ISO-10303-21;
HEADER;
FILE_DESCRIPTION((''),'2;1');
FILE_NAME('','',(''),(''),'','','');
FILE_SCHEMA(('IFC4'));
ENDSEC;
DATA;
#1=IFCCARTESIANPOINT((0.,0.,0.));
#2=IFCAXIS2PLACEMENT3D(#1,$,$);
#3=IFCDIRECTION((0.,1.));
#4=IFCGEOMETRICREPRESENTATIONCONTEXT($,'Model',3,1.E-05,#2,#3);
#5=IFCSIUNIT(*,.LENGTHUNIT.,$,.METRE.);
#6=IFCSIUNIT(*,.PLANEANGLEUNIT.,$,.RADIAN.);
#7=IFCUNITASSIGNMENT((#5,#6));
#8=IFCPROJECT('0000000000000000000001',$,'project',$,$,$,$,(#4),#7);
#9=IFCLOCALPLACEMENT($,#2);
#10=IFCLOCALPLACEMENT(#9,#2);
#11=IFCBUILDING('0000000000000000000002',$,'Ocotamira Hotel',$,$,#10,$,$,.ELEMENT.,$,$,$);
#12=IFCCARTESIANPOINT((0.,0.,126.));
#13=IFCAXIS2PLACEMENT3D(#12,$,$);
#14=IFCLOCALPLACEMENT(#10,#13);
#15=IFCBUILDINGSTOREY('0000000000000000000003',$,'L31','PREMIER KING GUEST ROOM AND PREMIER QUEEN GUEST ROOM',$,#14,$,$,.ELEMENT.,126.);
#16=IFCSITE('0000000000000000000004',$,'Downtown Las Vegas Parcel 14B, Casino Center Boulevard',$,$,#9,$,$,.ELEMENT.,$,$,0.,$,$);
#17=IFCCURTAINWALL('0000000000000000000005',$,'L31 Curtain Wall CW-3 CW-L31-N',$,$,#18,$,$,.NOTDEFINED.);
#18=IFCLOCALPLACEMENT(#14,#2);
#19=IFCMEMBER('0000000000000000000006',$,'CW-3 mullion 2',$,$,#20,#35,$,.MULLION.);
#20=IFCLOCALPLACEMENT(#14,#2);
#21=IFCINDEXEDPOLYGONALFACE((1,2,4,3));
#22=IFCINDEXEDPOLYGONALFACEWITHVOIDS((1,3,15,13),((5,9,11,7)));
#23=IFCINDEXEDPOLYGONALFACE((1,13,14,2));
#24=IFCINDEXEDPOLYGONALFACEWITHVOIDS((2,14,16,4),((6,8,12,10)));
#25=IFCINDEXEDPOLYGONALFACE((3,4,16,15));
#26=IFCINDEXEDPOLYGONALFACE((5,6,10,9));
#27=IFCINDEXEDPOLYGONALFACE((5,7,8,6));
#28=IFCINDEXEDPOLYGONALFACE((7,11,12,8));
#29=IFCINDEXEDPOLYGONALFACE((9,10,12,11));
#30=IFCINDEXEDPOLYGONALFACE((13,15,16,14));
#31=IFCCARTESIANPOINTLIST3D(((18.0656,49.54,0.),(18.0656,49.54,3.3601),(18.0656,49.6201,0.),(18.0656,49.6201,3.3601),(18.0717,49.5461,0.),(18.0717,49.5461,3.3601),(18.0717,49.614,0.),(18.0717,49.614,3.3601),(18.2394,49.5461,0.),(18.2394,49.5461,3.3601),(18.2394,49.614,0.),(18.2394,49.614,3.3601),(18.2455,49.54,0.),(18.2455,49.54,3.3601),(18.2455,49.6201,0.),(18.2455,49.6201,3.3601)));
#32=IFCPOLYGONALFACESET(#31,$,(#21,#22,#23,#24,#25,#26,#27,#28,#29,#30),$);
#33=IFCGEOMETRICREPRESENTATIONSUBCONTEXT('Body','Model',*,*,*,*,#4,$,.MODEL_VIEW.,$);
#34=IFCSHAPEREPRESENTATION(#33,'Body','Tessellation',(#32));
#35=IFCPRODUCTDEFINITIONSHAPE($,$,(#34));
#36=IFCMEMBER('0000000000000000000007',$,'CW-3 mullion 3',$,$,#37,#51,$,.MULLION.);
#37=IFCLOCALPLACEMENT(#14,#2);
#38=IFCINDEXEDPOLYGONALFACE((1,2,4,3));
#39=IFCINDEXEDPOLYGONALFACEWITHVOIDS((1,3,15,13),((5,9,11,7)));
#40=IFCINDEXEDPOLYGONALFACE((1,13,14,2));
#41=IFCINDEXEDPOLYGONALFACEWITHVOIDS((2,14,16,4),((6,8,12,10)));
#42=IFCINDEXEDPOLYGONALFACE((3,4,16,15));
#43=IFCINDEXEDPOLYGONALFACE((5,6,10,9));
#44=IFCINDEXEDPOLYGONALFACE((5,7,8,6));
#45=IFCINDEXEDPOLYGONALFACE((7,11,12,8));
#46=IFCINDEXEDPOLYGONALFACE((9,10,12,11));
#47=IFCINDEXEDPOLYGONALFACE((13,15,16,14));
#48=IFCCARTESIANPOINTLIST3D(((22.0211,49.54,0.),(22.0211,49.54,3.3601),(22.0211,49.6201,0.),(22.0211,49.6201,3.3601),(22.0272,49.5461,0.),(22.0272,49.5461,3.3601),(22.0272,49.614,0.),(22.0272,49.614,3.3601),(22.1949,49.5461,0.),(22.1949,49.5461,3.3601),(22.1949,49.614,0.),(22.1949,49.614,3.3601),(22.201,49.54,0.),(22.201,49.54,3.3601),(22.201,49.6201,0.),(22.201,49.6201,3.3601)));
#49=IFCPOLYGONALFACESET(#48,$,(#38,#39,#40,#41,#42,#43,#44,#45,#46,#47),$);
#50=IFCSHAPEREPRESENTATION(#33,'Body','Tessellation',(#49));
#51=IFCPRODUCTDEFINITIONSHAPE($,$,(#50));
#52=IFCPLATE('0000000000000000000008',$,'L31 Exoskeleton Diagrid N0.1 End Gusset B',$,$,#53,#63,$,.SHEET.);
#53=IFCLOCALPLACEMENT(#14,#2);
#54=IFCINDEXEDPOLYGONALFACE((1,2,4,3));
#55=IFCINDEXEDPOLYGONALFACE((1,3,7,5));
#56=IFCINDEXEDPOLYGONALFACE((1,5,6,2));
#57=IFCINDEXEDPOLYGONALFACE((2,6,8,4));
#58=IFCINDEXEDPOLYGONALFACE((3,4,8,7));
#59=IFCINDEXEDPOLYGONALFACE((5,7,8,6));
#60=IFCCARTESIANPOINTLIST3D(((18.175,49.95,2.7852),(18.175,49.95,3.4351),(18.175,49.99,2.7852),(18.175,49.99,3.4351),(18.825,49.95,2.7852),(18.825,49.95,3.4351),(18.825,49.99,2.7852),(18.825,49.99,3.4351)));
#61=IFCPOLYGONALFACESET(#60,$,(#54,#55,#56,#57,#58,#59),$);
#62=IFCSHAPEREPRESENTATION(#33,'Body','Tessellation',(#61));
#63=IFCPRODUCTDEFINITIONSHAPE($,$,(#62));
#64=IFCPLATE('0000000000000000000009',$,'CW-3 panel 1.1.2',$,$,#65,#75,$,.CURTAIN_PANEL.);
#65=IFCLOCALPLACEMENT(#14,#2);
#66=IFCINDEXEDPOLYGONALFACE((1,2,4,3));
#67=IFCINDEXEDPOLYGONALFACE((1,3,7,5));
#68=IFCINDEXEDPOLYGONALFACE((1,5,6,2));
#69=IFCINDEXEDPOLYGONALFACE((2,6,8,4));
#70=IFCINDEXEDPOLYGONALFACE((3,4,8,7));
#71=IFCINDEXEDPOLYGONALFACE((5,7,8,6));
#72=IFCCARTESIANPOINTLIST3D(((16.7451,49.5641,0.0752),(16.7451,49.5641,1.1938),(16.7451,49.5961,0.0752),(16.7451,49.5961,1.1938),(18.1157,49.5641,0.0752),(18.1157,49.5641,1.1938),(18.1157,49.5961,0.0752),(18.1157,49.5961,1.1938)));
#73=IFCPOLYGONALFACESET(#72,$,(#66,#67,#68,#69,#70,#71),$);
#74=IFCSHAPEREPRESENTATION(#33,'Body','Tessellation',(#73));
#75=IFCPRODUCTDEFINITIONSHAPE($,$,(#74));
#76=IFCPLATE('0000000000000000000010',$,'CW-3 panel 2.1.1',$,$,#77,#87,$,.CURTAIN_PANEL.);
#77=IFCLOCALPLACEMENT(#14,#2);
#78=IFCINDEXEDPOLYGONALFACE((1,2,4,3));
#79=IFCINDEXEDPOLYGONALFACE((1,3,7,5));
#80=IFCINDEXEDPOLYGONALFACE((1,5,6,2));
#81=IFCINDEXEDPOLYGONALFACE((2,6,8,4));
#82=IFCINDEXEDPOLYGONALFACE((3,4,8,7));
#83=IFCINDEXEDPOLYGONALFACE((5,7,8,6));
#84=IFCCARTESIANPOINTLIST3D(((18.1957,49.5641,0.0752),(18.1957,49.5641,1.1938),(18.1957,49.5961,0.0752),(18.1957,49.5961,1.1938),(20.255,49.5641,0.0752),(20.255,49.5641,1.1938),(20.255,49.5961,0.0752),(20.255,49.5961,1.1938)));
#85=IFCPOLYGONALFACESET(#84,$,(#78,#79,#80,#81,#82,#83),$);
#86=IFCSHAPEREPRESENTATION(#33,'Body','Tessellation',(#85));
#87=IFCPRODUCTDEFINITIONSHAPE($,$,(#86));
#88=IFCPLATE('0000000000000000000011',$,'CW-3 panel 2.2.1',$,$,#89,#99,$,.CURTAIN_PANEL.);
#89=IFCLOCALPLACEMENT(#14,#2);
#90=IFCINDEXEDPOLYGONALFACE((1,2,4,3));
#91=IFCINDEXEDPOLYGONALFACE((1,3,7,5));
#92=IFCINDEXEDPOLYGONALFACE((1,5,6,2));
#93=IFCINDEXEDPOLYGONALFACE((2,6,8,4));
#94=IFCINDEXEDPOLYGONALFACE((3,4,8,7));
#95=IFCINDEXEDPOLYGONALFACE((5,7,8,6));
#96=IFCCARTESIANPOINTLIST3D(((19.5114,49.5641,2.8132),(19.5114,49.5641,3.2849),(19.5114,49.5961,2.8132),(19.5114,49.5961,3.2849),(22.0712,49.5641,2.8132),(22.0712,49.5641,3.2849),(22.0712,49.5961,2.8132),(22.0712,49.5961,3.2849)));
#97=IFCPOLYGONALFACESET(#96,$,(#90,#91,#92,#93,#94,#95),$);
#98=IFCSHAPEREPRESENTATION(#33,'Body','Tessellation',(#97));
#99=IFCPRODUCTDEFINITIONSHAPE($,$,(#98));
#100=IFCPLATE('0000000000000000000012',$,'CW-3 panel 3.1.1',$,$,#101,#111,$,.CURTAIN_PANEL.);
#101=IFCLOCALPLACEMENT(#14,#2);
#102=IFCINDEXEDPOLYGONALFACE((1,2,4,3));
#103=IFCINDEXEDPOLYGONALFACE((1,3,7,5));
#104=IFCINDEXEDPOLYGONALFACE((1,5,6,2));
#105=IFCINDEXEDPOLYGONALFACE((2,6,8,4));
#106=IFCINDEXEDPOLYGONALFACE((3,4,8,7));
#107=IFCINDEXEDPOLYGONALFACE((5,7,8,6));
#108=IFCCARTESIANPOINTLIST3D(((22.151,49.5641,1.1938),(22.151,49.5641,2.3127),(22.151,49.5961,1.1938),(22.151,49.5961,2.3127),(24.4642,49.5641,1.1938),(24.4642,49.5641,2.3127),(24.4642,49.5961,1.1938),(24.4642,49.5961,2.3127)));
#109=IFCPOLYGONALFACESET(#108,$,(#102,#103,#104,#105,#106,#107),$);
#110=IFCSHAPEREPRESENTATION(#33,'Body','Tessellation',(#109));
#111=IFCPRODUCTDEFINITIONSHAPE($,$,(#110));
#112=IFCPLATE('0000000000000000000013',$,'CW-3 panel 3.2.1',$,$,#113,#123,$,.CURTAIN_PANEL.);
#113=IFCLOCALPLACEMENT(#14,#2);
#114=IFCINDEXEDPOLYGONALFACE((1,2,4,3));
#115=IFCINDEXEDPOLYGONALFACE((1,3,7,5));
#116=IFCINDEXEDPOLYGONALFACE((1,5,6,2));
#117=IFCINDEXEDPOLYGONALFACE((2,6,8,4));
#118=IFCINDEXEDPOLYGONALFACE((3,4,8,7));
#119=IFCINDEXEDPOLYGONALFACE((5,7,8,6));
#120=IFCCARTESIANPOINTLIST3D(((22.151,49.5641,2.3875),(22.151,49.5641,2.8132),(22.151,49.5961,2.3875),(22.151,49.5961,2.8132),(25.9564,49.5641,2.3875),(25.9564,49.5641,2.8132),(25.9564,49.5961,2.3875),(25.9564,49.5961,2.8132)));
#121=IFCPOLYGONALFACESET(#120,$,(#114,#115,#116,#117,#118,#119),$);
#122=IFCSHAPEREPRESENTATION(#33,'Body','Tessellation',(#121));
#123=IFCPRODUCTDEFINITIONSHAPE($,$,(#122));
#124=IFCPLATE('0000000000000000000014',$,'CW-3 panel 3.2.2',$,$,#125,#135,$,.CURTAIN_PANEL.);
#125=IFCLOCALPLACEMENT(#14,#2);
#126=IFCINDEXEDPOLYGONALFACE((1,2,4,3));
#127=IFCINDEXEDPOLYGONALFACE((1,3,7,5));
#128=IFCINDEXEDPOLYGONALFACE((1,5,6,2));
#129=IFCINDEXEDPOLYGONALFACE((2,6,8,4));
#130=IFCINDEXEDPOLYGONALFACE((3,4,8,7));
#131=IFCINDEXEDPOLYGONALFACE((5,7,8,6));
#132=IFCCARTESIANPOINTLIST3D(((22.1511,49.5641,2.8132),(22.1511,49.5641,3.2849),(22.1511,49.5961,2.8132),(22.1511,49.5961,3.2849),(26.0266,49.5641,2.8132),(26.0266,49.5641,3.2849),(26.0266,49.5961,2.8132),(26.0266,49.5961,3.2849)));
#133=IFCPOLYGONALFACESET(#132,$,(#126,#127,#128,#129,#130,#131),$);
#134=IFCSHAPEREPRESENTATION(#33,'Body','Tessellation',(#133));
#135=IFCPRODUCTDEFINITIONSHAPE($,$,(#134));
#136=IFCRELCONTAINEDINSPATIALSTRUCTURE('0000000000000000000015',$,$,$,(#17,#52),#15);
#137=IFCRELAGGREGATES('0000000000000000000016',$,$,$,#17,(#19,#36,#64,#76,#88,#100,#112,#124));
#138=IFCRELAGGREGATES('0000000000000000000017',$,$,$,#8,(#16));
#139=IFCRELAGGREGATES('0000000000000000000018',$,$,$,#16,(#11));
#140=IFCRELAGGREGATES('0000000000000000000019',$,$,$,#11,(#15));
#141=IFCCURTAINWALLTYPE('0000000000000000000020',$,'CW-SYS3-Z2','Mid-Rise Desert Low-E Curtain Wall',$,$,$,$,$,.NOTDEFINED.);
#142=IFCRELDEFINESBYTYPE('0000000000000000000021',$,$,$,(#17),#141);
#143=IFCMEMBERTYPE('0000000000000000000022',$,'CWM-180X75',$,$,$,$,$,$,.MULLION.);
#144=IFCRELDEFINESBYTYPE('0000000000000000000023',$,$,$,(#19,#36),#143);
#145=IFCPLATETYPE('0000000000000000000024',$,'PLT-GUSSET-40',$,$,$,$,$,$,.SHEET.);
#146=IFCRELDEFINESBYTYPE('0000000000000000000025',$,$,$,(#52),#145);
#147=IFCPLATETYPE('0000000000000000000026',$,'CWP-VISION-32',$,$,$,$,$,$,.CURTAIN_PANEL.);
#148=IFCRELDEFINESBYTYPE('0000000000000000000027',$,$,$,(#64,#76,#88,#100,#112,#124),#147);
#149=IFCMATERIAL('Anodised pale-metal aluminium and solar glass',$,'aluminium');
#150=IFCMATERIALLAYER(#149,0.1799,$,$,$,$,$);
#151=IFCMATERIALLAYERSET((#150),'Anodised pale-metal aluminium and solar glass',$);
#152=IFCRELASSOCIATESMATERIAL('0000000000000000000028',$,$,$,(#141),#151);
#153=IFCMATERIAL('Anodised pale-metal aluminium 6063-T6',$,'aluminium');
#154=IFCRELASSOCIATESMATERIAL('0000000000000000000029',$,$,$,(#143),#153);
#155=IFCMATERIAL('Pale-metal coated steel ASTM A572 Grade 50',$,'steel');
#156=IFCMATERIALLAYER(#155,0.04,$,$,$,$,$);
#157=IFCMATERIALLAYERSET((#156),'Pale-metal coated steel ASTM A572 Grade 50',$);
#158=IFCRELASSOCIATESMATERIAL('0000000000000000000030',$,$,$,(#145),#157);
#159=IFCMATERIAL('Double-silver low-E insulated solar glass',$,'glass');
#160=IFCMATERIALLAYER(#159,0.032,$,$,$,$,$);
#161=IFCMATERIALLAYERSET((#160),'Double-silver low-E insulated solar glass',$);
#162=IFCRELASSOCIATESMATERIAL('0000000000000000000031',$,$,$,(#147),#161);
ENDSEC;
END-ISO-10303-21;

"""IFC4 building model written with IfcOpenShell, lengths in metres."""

from ifc_helpers import new_model, si_unit, direction, frame, origin, origin_2d, place, context, subcontext, project, spatial, rectangle, hollow_rectangle, extrude, source, transform, mapped, material, layer, layer_set, material_profile, profile_set, type_object, element, aggregate, save


model = new_model("IFC4")

# Units and contexts
model_context = context("Model", 3, precision=1e-05, world=origin(), true_north=direction((0.0, 1.0)))
body_context = subcontext(model_context, "Body", "Model", "MODEL_VIEW")
ifc_project = project(units=[si_unit("LENGTHUNIT", "METRE"), si_unit("PLANEANGLEUNIT", "RADIAN")], contexts=[model_context])

# Site, building, storey
site_placement = place(None, origin())
site = spatial("IfcSite", under=ifc_project, at=site_placement, Name="Downtown Las Vegas Parcel 14B, Casino Center Boulevard", CompositionType="ELEMENT", RefElevation=0.0)
building_placement = place(site_placement, origin())
building = spatial("IfcBuilding", under=site, at=building_placement, Name="Ocotamira Hotel", CompositionType="ELEMENT")
storey_placement = place(building_placement, frame((0.0, 0.0, 126.0)))
storey = spatial("IfcBuildingStorey", under=building, at=storey_placement, Name="L31", Description="PREMIER KING GUEST ROOM AND PREMIER QUEEN GUEST ROOM", CompositionType="ELEMENT", Elevation=126.0)

# Curtain wall, members
ifc_material_1 = material(Name="Anodised pale-metal aluminium and solar glass", Category="aluminium")
ifc_layer_1 = layer(ifc_material_1, 0.1799)
ifc_layer_set_1 = layer_set([ifc_layer_1], Name="Anodised pale-metal aluminium and solar glass")
curtain_wall_type = type_object("IfcCurtainWallType", Name="CW-SYS3-Z2", Description="Mid-Rise Desert Low-E Curtain Wall", PredefinedType="NOTDEFINED", material=ifc_layer_set_1)
curtain_wall_placement = place(storey_placement, origin())
curtain_wall = element("IfcCurtainWall", 1, at=curtain_wall_placement, inside=storey, type_object=curtain_wall_type, Name="L31 Curtain Wall CW-3 CW-L31-N", PredefinedType="NOTDEFINED")
ifc_material_2 = material(Name="Anodised pale-metal aluminium 6063-T6", Category="aluminium")
ifc_material_profile_1 = material_profile(ifc_material_2, hollow_rectangle(XDim=0.0801, YDim=0.1799, WallThickness=0.0061, at=origin_2d()), Name="HSS180X80X6")
ifc_profile_set_1 = profile_set([ifc_material_profile_1], Name="Anodised pale-metal aluminium 6063-T6")
member_type_1 = type_object("IfcMemberType", Name="CWM-180X75", PredefinedType="MULLION", material=ifc_profile_set_1)
shared_shape_1 = source(origin(), body_context, "Body", "SweptSolid", [
    extrude(hollow_rectangle(XDim=0.0801, YDim=0.1799, WallThickness=0.0061, at=origin_2d()), origin(), (0.0, 0.0, 1.0), 3.3601),
])
member_1_placement = place(storey_placement, frame((18.1555, 49.5801, 0.0), z_axis=(0.0, 0.0, 1.0), x_axis=(0.0, 1.0, 0.0)))
member_1 = element("IfcMember", 2, at=member_1_placement, type_object=member_type_1, Name="CW-3 mullion 2", PredefinedType="MULLION", context=body_context, shape_type="MappedRepresentation", body=[
    mapped(shared_shape_1, transform((0.0, 0.0, 0.0), scale=1.0)),
])
member_2_placement = place(storey_placement, frame((22.1111, 49.5801, 0.0), z_axis=(0.0, 0.0, 1.0), x_axis=(0.0, 1.0, 0.0)))
member_2 = element("IfcMember", 3, at=member_2_placement, type_object=member_type_1, Name="CW-3 mullion 3", PredefinedType="MULLION", context=body_context, shape_type="MappedRepresentation", body=[
    mapped(shared_shape_1, transform((0.0, 0.0, 0.0), scale=1.0)),
])

# Plates
ifc_material_3 = material(Name="Pale-metal coated steel ASTM A572 Grade 50", Category="steel")
ifc_layer_2 = layer(ifc_material_3, 0.04)
ifc_layer_set_2 = layer_set([ifc_layer_2], Name="Pale-metal coated steel ASTM A572 Grade 50")
plate_type_1 = type_object("IfcPlateType", Name="PLT-GUSSET-40", PredefinedType="SHEET", material=ifc_layer_set_2)
shared_shape_2 = source(origin(), body_context, "Body", "SweptSolid", [
    extrude(rectangle(XDim=0.6499, YDim=0.04, at=origin_2d()), origin(), (0.0, 0.0, 1.0), 0.6499),
])
plate_1_placement = place(storey_placement, frame((18.5, 49.97, 2.7852), z_axis=(0.0, 0.0, 1.0), x_axis=(1.0, 0.0, 0.0)))
element("IfcPlate", 4, at=plate_1_placement, inside=storey, type_object=plate_type_1, Name="L31 Exoskeleton Diagrid N0.1 End Gusset B", PredefinedType="SHEET", context=body_context, shape_type="MappedRepresentation", body=[
    mapped(shared_shape_2, transform((0.0, 0.0, 0.0), scale=1.0)),
])
ifc_material_4 = material(Name="Double-silver low-E insulated solar glass", Category="glass")
ifc_layer_3 = layer(ifc_material_4, 0.032)
ifc_layer_set_3 = layer_set([ifc_layer_3], Name="Double-silver low-E insulated solar glass")
plate_type_2 = type_object("IfcPlateType", Name="CWP-VISION-32", PredefinedType="CURTAIN_PANEL", material=ifc_layer_set_3)
shared_shape_3 = source(origin(), body_context, "Body", "SweptSolid", [
    extrude(rectangle(XDim=1.3706, YDim=0.032, at=origin_2d()), origin(), (0.0, 0.0, 1.0), 1.1187),
])
plate_2_placement = place(storey_placement, frame((17.4304, 49.5801, 0.0752), z_axis=(0.0, 0.0, 1.0), x_axis=(1.0, 0.0, 0.0)))
plate_2 = element("IfcPlate", 5, at=plate_2_placement, type_object=plate_type_2, Name="CW-3 panel 1.1.2", PredefinedType="CURTAIN_PANEL", context=body_context, shape_type="MappedRepresentation", body=[
    mapped(shared_shape_3, transform((0.0, 0.0, 0.0), scale=1.0)),
])
shared_shape_4 = source(origin(), body_context, "Body", "SweptSolid", [
    extrude(rectangle(XDim=2.0593, YDim=0.032, at=origin_2d()), origin(), (0.0, 0.0, 1.0), 1.1187),
])
plate_3_placement = place(storey_placement, frame((19.2253, 49.5801, 0.0752), z_axis=(0.0, 0.0, 1.0), x_axis=(1.0, 0.0, 0.0)))
plate_3 = element("IfcPlate", 6, at=plate_3_placement, type_object=plate_type_2, Name="CW-3 panel 2.1.1", PredefinedType="CURTAIN_PANEL", context=body_context, shape_type="MappedRepresentation", body=[
    mapped(shared_shape_4, transform((0.0, 0.0, 0.0), scale=1.0)),
])
shared_shape_5 = source(origin(), body_context, "Body", "SweptSolid", [
    extrude(rectangle(XDim=2.5598, YDim=0.032, at=origin_2d()), origin(), (0.0, 0.0, 1.0), 0.4717),
])
plate_4_placement = place(storey_placement, frame((20.7913, 49.5801, 2.8132), z_axis=(0.0, 0.0, 1.0), x_axis=(1.0, 0.0, 0.0)))
plate_4 = element("IfcPlate", 7, at=plate_4_placement, type_object=plate_type_2, Name="CW-3 panel 2.2.1", PredefinedType="CURTAIN_PANEL", context=body_context, shape_type="MappedRepresentation", body=[
    mapped(shared_shape_5, transform((0.0, 0.0, 0.0), scale=1.0)),
])
shared_shape_6 = source(origin(), body_context, "Body", "SweptSolid", [
    extrude(rectangle(XDim=2.3132, YDim=0.032, at=origin_2d()), origin(), (0.0, 0.0, 1.0), 1.1189),
])
plate_5_placement = place(storey_placement, frame((23.3076, 49.5801, 1.1938), z_axis=(0.0, 0.0, 1.0), x_axis=(1.0, 0.0, 0.0)))
plate_5 = element("IfcPlate", 8, at=plate_5_placement, type_object=plate_type_2, Name="CW-3 panel 3.1.1", PredefinedType="CURTAIN_PANEL", context=body_context, shape_type="MappedRepresentation", body=[
    mapped(shared_shape_6, transform((0.0, 0.0, 0.0), scale=1.0)),
])
shared_shape_7 = source(origin(), body_context, "Body", "SweptSolid", [
    extrude(rectangle(XDim=3.8054, YDim=0.032, at=origin_2d()), origin(), (0.0, 0.0, 1.0), 0.4258),
])
plate_6_placement = place(storey_placement, frame((24.0537, 49.5801, 2.3875), z_axis=(0.0, 0.0, 1.0), x_axis=(1.0, 0.0, 0.0)))
plate_6 = element("IfcPlate", 9, at=plate_6_placement, type_object=plate_type_2, Name="CW-3 panel 3.2.1", PredefinedType="CURTAIN_PANEL", context=body_context, shape_type="MappedRepresentation", body=[
    mapped(shared_shape_7, transform((0.0, 0.0, 0.0), scale=1.0)),
])
shared_shape_8 = source(origin(), body_context, "Body", "SweptSolid", [
    extrude(rectangle(XDim=3.8755, YDim=0.032, at=origin_2d()), origin(), (0.0, 0.0, 1.0), 0.4717),
])
plate_7_placement = place(storey_placement, frame((24.0889, 49.5801, 2.8132), z_axis=(0.0, 0.0, 1.0), x_axis=(1.0, 0.0, 0.0)))
plate_7 = element("IfcPlate", 10, at=plate_7_placement, type_object=plate_type_2, Name="CW-3 panel 3.2.2", PredefinedType="CURTAIN_PANEL", context=body_context, shape_type="MappedRepresentation", body=[
    mapped(shared_shape_8, transform((0.0, 0.0, 0.0), scale=1.0)),
])
aggregate(curtain_wall, [member_1, member_2, plate_2, plate_3, plate_4, plate_5, plate_6, plate_7])

save(model, "model.ifc")
